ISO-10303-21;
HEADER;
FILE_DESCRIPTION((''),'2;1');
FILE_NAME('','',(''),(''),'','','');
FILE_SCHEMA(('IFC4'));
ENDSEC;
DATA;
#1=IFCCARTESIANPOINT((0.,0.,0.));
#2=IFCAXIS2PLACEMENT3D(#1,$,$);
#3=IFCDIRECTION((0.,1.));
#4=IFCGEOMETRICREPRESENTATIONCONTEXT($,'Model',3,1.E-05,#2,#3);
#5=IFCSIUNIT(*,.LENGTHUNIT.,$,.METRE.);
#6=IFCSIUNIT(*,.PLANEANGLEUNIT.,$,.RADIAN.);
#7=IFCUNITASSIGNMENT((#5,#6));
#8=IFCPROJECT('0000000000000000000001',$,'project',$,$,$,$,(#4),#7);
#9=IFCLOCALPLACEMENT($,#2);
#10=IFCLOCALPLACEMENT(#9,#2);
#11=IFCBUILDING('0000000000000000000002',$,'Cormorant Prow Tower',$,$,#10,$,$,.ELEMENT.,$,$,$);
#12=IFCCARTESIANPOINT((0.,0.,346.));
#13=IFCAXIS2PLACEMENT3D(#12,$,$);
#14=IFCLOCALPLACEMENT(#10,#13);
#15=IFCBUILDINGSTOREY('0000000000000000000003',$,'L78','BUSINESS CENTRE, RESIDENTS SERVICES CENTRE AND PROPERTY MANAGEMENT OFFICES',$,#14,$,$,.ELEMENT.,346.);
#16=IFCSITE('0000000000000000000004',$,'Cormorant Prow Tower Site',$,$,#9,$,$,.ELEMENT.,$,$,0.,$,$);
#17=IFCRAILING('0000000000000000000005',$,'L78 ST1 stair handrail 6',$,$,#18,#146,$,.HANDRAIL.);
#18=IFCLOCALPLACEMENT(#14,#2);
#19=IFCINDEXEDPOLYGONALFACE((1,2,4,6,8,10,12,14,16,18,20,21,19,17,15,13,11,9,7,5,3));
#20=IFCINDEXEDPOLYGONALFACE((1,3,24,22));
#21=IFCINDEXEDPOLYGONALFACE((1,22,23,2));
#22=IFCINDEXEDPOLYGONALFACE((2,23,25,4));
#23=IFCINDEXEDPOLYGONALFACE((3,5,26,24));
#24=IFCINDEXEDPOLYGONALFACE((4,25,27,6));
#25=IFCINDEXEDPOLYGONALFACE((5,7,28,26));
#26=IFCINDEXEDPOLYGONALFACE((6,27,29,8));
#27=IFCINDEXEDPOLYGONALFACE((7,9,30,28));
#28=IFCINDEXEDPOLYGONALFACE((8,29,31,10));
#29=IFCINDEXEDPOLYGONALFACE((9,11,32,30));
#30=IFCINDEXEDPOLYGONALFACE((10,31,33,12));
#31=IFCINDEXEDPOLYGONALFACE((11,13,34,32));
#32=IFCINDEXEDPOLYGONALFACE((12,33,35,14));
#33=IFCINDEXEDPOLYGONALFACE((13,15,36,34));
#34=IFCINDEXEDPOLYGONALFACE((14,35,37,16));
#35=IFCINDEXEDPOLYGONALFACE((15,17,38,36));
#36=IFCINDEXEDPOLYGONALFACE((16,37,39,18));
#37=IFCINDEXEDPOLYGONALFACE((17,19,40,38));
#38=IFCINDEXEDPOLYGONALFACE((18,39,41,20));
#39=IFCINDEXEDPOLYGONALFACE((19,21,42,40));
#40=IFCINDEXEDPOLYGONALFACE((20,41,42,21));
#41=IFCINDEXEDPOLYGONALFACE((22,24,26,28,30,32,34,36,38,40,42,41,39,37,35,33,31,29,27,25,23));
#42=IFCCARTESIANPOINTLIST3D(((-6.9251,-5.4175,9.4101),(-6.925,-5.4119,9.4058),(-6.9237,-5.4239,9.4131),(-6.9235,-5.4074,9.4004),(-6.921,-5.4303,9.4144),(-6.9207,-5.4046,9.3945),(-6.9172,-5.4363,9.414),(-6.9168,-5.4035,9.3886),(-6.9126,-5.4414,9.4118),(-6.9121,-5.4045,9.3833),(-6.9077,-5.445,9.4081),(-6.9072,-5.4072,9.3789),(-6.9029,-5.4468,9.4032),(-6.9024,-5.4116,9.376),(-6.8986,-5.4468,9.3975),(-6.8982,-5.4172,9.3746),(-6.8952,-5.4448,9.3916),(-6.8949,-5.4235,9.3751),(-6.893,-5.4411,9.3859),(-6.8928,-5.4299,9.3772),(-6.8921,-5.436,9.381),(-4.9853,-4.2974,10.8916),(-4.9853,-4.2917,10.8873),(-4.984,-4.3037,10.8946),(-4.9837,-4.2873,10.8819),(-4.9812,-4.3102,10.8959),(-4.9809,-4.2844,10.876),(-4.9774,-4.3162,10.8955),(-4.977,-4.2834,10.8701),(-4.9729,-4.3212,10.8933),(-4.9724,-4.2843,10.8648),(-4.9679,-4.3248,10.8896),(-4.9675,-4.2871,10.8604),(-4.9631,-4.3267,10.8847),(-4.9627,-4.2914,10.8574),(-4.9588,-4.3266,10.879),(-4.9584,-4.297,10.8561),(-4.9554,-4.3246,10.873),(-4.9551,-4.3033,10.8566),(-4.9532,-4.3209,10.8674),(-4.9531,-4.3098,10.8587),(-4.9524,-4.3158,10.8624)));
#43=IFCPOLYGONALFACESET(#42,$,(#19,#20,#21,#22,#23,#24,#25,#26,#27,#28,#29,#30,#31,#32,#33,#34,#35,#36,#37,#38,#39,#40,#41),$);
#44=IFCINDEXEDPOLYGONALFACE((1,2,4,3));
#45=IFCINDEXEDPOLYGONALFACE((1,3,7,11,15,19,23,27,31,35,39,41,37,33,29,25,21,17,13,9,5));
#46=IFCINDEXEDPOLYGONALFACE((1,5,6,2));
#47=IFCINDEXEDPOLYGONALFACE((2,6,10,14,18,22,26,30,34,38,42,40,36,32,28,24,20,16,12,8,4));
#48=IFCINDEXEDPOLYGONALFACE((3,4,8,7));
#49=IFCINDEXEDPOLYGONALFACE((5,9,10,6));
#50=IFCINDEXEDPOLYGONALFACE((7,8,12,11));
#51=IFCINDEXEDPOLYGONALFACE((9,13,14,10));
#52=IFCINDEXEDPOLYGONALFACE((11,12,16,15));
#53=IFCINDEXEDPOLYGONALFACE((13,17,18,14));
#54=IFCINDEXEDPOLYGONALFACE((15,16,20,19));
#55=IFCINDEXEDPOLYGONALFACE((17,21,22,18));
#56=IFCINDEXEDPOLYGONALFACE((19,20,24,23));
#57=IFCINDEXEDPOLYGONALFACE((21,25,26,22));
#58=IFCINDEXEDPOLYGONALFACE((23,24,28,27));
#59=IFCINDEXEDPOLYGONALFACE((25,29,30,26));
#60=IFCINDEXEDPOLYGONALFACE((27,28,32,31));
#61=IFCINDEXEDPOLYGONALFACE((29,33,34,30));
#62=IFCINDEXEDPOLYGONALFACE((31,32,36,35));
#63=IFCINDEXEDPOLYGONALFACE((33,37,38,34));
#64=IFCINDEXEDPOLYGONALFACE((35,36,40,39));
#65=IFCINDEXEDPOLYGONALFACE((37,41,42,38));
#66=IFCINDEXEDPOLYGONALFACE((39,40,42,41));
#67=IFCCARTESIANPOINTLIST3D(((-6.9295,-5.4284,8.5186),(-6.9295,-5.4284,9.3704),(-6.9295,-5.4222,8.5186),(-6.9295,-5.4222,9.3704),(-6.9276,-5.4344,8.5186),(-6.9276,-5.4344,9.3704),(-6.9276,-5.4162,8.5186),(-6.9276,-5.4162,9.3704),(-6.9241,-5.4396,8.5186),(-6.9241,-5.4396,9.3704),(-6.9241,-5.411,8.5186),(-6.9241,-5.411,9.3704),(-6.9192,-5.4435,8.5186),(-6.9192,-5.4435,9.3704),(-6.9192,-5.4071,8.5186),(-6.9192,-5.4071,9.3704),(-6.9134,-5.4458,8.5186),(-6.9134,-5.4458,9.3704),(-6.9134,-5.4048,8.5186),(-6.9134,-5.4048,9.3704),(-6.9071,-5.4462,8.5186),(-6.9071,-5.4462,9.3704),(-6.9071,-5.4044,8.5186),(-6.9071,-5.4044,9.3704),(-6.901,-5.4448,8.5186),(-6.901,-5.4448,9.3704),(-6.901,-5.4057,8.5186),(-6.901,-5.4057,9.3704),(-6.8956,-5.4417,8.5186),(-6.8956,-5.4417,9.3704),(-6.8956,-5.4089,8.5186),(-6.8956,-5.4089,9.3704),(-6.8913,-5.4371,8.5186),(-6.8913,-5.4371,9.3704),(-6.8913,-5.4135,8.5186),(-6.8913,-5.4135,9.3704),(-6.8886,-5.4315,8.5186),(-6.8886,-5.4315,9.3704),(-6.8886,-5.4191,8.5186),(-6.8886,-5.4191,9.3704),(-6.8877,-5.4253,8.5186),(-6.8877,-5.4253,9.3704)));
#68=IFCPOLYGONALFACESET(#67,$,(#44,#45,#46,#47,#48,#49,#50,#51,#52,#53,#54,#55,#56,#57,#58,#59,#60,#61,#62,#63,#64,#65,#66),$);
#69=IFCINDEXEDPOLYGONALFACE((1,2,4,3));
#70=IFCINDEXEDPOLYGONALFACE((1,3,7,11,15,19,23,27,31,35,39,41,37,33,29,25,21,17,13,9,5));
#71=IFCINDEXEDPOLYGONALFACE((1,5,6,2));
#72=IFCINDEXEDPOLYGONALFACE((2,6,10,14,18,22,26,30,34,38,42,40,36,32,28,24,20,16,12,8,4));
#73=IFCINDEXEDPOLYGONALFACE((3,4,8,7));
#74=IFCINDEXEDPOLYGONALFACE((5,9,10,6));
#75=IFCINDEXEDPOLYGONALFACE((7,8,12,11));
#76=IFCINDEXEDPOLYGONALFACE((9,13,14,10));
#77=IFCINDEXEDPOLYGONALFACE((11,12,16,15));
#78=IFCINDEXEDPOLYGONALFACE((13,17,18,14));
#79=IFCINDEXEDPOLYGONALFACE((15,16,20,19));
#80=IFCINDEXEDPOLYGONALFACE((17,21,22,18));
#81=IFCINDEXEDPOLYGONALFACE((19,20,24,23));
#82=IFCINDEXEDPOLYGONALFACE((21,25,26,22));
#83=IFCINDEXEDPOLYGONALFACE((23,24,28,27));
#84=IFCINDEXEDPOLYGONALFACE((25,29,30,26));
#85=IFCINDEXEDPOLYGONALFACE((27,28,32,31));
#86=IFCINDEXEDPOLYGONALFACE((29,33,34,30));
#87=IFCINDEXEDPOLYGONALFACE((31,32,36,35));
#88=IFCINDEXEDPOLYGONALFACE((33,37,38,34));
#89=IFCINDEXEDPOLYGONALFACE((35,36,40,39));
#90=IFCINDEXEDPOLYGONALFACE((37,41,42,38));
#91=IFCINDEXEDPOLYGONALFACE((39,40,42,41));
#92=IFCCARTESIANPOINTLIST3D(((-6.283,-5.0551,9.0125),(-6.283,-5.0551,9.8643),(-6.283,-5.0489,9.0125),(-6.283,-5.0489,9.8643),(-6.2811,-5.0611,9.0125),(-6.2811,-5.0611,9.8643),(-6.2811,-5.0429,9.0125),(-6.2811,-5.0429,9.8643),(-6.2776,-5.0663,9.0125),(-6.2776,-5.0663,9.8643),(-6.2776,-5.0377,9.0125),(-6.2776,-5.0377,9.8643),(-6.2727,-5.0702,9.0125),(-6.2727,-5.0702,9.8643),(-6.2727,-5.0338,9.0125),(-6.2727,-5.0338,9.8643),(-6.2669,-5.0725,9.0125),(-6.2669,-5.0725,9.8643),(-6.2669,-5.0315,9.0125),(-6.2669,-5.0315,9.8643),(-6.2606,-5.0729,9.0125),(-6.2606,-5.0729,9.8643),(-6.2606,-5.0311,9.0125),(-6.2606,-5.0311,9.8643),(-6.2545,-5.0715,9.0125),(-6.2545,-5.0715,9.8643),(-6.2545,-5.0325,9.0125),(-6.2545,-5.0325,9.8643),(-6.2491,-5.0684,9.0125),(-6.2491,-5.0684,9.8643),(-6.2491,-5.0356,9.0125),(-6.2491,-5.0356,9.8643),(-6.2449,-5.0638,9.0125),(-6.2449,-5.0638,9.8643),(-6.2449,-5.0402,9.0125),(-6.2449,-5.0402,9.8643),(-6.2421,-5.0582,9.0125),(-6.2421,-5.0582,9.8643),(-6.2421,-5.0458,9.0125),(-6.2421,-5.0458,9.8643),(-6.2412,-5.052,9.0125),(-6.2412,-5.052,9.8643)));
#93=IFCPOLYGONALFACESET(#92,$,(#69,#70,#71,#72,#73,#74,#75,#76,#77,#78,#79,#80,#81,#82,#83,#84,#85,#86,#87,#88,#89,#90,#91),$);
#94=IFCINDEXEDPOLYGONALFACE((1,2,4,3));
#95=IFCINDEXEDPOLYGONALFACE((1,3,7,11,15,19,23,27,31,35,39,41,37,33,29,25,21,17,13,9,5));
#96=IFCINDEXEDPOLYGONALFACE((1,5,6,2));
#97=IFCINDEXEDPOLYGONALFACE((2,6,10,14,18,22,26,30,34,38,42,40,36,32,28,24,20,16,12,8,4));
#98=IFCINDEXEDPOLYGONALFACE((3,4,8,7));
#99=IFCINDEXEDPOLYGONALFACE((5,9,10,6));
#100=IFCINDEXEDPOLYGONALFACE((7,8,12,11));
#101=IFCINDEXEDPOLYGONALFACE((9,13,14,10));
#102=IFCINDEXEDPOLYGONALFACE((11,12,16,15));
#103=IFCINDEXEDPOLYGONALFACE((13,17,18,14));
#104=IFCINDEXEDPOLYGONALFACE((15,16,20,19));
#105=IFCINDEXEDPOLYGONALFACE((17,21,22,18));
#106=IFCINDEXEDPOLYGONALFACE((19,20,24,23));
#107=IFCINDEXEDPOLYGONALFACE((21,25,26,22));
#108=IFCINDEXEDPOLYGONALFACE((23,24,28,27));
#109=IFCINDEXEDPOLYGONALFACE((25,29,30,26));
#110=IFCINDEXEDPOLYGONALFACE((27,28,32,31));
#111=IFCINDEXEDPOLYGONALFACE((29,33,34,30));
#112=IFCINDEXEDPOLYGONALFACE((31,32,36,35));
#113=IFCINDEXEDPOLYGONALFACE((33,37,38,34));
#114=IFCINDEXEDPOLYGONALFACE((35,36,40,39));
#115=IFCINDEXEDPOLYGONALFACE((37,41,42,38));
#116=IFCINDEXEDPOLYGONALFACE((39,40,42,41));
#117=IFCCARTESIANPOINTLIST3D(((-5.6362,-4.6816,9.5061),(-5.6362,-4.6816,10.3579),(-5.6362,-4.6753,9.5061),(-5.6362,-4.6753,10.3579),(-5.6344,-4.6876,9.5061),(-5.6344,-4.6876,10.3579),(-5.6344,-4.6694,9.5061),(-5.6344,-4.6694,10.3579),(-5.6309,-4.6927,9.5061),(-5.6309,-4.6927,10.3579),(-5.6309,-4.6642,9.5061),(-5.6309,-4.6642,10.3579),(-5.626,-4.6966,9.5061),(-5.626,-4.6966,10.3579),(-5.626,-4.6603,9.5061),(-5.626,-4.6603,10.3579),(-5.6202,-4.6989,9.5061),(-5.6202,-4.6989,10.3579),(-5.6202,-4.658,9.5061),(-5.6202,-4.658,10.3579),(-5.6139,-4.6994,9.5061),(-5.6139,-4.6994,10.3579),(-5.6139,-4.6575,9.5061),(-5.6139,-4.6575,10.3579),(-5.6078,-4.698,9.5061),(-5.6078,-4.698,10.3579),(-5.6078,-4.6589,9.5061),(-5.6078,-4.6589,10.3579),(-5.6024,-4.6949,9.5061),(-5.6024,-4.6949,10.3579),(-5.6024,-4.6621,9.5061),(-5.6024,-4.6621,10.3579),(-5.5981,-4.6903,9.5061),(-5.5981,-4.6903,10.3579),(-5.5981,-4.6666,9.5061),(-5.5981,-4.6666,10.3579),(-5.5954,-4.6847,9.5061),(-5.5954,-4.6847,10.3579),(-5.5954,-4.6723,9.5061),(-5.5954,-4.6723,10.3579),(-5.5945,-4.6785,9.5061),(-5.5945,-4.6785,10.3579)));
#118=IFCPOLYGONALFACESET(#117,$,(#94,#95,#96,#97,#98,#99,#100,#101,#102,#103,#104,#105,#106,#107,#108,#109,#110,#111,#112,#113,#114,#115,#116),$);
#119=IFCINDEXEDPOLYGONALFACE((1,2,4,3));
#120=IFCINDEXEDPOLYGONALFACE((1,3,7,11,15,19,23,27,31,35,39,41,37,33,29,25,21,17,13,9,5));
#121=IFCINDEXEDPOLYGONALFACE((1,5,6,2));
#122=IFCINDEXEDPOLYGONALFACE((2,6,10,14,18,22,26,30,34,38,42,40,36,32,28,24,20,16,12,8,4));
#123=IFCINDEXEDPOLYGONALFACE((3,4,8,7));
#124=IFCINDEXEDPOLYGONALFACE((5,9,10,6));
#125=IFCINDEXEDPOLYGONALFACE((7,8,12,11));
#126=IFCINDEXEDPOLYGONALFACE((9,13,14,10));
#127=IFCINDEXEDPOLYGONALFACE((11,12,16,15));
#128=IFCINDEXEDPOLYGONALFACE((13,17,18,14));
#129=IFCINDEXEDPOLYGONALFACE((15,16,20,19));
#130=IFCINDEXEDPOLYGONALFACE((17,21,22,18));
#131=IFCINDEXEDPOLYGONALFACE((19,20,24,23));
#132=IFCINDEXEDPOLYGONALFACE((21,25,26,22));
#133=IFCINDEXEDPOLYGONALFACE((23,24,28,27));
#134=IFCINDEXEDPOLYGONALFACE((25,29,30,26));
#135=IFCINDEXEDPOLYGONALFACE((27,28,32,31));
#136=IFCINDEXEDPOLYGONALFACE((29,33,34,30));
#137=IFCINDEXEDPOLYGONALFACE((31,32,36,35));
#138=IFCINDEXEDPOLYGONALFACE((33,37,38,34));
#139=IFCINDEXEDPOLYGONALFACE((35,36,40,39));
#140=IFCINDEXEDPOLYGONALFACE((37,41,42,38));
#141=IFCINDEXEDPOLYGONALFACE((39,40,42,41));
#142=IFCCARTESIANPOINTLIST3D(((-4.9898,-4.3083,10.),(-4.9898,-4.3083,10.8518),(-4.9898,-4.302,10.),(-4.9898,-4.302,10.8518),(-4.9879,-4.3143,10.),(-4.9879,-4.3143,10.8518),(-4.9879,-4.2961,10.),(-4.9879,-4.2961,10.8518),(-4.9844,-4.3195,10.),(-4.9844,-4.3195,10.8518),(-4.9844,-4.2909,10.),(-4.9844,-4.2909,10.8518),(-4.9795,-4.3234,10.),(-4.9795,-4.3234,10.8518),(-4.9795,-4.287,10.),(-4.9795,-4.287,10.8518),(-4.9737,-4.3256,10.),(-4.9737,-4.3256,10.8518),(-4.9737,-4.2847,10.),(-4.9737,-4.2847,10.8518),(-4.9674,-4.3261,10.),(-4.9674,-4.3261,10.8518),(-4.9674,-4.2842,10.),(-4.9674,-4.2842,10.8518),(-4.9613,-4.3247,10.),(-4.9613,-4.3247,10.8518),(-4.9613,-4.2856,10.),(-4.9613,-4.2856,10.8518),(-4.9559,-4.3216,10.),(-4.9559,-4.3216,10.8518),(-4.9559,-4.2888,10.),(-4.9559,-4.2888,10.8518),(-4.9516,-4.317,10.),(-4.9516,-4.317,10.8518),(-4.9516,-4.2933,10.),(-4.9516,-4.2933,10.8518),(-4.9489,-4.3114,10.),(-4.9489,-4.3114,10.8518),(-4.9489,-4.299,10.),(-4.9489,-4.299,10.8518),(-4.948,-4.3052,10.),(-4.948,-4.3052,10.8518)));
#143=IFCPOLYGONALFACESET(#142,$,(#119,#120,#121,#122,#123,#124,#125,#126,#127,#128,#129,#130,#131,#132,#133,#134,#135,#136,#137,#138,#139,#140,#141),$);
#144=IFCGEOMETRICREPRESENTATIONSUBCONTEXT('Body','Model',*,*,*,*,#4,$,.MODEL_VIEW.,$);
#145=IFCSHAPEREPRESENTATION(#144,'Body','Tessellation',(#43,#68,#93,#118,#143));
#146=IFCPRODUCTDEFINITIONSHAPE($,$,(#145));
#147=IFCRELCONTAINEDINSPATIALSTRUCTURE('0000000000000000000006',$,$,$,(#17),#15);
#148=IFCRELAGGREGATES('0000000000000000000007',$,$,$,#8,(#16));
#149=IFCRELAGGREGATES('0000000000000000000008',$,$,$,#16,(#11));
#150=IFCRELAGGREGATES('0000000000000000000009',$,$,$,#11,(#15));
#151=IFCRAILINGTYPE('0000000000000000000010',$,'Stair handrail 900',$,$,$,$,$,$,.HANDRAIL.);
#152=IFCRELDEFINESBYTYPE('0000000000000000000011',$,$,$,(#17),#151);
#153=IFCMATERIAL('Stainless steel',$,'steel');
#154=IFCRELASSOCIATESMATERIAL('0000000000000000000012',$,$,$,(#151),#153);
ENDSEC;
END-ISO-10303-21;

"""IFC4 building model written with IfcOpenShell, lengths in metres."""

from ifc_helpers import new_model, si_unit, direction, frame, origin, origin_2d, place, context, subcontext, project, spatial, circle, extrude, material, type_object, element, save


model = new_model("IFC4")

# Units and contexts
model_context = context("Model", 3, precision=1e-05, world=origin(), true_north=direction((0.0, 1.0)))
body_context = subcontext(model_context, "Body", "Model", "MODEL_VIEW")
ifc_project = project(units=[si_unit("LENGTHUNIT", "METRE"), si_unit("PLANEANGLEUNIT", "RADIAN")], contexts=[model_context])

# Site, building, storey
site_placement = place(None, origin())
site = spatial("IfcSite", under=ifc_project, at=site_placement, Name="Cormorant Prow Tower Site", CompositionType="ELEMENT", RefElevation=0.0)
building_placement = place(site_placement, origin())
building = spatial("IfcBuilding", under=site, at=building_placement, Name="Cormorant Prow Tower", CompositionType="ELEMENT")
storey_placement = place(building_placement, frame((0.0, 0.0, 346.0)))
storey = spatial("IfcBuildingStorey", under=building, at=storey_placement, Name="L78", Description="BUSINESS CENTRE, RESIDENTS SERVICES CENTRE AND PROPERTY MANAGEMENT OFFICES", CompositionType="ELEMENT", Elevation=346.0)

# Railing
ifc_material_1 = material(Name="Stainless steel", Category="steel")
railing_type = type_object("IfcRailingType", Name="Stair handrail 900", PredefinedType="HANDRAIL", material=ifc_material_1)
for number, where, name in (
    (1, (-6.9087, -5.4253, 8.5186), "L78 ST1 stair handrail 6"),
):
    element("IfcRailing", number, at=place(storey_placement, frame(where)), inside=storey, type_object=railing_type, Name=name, PredefinedType="HANDRAIL", context=body_context, shape_type="SweptSolid", body=[
        extrude(circle(Radius=0.0239, at=origin_2d()), frame((0.0, 0.0, 0.876), z_axis=(0.722292, 0.417102, 0.551651), x_axis=(-0.500078, 0.86598, 0.0)), (0.0, 0.0, 1.0), 2.6855),
        extrude(circle(Radius=0.021, at=origin_2d()), origin(), (0.0, 0.0, 1.0), 0.8518),
        extrude(circle(Radius=0.021, at=origin_2d()), frame((0.6465, 0.3733, 0.4939)), (0.0, 0.0, 1.0), 0.8518),
        extrude(circle(Radius=0.021, at=origin_2d()), frame((1.2932, 0.7468, 0.9875)), (0.0, 0.0, 1.0), 0.8518),
        extrude(circle(Radius=0.021, at=origin_2d()), frame((1.9397, 1.1201, 1.4814)), (0.0, 0.0, 1.0), 0.8518),
    ])

save(model, "model.ifc")
